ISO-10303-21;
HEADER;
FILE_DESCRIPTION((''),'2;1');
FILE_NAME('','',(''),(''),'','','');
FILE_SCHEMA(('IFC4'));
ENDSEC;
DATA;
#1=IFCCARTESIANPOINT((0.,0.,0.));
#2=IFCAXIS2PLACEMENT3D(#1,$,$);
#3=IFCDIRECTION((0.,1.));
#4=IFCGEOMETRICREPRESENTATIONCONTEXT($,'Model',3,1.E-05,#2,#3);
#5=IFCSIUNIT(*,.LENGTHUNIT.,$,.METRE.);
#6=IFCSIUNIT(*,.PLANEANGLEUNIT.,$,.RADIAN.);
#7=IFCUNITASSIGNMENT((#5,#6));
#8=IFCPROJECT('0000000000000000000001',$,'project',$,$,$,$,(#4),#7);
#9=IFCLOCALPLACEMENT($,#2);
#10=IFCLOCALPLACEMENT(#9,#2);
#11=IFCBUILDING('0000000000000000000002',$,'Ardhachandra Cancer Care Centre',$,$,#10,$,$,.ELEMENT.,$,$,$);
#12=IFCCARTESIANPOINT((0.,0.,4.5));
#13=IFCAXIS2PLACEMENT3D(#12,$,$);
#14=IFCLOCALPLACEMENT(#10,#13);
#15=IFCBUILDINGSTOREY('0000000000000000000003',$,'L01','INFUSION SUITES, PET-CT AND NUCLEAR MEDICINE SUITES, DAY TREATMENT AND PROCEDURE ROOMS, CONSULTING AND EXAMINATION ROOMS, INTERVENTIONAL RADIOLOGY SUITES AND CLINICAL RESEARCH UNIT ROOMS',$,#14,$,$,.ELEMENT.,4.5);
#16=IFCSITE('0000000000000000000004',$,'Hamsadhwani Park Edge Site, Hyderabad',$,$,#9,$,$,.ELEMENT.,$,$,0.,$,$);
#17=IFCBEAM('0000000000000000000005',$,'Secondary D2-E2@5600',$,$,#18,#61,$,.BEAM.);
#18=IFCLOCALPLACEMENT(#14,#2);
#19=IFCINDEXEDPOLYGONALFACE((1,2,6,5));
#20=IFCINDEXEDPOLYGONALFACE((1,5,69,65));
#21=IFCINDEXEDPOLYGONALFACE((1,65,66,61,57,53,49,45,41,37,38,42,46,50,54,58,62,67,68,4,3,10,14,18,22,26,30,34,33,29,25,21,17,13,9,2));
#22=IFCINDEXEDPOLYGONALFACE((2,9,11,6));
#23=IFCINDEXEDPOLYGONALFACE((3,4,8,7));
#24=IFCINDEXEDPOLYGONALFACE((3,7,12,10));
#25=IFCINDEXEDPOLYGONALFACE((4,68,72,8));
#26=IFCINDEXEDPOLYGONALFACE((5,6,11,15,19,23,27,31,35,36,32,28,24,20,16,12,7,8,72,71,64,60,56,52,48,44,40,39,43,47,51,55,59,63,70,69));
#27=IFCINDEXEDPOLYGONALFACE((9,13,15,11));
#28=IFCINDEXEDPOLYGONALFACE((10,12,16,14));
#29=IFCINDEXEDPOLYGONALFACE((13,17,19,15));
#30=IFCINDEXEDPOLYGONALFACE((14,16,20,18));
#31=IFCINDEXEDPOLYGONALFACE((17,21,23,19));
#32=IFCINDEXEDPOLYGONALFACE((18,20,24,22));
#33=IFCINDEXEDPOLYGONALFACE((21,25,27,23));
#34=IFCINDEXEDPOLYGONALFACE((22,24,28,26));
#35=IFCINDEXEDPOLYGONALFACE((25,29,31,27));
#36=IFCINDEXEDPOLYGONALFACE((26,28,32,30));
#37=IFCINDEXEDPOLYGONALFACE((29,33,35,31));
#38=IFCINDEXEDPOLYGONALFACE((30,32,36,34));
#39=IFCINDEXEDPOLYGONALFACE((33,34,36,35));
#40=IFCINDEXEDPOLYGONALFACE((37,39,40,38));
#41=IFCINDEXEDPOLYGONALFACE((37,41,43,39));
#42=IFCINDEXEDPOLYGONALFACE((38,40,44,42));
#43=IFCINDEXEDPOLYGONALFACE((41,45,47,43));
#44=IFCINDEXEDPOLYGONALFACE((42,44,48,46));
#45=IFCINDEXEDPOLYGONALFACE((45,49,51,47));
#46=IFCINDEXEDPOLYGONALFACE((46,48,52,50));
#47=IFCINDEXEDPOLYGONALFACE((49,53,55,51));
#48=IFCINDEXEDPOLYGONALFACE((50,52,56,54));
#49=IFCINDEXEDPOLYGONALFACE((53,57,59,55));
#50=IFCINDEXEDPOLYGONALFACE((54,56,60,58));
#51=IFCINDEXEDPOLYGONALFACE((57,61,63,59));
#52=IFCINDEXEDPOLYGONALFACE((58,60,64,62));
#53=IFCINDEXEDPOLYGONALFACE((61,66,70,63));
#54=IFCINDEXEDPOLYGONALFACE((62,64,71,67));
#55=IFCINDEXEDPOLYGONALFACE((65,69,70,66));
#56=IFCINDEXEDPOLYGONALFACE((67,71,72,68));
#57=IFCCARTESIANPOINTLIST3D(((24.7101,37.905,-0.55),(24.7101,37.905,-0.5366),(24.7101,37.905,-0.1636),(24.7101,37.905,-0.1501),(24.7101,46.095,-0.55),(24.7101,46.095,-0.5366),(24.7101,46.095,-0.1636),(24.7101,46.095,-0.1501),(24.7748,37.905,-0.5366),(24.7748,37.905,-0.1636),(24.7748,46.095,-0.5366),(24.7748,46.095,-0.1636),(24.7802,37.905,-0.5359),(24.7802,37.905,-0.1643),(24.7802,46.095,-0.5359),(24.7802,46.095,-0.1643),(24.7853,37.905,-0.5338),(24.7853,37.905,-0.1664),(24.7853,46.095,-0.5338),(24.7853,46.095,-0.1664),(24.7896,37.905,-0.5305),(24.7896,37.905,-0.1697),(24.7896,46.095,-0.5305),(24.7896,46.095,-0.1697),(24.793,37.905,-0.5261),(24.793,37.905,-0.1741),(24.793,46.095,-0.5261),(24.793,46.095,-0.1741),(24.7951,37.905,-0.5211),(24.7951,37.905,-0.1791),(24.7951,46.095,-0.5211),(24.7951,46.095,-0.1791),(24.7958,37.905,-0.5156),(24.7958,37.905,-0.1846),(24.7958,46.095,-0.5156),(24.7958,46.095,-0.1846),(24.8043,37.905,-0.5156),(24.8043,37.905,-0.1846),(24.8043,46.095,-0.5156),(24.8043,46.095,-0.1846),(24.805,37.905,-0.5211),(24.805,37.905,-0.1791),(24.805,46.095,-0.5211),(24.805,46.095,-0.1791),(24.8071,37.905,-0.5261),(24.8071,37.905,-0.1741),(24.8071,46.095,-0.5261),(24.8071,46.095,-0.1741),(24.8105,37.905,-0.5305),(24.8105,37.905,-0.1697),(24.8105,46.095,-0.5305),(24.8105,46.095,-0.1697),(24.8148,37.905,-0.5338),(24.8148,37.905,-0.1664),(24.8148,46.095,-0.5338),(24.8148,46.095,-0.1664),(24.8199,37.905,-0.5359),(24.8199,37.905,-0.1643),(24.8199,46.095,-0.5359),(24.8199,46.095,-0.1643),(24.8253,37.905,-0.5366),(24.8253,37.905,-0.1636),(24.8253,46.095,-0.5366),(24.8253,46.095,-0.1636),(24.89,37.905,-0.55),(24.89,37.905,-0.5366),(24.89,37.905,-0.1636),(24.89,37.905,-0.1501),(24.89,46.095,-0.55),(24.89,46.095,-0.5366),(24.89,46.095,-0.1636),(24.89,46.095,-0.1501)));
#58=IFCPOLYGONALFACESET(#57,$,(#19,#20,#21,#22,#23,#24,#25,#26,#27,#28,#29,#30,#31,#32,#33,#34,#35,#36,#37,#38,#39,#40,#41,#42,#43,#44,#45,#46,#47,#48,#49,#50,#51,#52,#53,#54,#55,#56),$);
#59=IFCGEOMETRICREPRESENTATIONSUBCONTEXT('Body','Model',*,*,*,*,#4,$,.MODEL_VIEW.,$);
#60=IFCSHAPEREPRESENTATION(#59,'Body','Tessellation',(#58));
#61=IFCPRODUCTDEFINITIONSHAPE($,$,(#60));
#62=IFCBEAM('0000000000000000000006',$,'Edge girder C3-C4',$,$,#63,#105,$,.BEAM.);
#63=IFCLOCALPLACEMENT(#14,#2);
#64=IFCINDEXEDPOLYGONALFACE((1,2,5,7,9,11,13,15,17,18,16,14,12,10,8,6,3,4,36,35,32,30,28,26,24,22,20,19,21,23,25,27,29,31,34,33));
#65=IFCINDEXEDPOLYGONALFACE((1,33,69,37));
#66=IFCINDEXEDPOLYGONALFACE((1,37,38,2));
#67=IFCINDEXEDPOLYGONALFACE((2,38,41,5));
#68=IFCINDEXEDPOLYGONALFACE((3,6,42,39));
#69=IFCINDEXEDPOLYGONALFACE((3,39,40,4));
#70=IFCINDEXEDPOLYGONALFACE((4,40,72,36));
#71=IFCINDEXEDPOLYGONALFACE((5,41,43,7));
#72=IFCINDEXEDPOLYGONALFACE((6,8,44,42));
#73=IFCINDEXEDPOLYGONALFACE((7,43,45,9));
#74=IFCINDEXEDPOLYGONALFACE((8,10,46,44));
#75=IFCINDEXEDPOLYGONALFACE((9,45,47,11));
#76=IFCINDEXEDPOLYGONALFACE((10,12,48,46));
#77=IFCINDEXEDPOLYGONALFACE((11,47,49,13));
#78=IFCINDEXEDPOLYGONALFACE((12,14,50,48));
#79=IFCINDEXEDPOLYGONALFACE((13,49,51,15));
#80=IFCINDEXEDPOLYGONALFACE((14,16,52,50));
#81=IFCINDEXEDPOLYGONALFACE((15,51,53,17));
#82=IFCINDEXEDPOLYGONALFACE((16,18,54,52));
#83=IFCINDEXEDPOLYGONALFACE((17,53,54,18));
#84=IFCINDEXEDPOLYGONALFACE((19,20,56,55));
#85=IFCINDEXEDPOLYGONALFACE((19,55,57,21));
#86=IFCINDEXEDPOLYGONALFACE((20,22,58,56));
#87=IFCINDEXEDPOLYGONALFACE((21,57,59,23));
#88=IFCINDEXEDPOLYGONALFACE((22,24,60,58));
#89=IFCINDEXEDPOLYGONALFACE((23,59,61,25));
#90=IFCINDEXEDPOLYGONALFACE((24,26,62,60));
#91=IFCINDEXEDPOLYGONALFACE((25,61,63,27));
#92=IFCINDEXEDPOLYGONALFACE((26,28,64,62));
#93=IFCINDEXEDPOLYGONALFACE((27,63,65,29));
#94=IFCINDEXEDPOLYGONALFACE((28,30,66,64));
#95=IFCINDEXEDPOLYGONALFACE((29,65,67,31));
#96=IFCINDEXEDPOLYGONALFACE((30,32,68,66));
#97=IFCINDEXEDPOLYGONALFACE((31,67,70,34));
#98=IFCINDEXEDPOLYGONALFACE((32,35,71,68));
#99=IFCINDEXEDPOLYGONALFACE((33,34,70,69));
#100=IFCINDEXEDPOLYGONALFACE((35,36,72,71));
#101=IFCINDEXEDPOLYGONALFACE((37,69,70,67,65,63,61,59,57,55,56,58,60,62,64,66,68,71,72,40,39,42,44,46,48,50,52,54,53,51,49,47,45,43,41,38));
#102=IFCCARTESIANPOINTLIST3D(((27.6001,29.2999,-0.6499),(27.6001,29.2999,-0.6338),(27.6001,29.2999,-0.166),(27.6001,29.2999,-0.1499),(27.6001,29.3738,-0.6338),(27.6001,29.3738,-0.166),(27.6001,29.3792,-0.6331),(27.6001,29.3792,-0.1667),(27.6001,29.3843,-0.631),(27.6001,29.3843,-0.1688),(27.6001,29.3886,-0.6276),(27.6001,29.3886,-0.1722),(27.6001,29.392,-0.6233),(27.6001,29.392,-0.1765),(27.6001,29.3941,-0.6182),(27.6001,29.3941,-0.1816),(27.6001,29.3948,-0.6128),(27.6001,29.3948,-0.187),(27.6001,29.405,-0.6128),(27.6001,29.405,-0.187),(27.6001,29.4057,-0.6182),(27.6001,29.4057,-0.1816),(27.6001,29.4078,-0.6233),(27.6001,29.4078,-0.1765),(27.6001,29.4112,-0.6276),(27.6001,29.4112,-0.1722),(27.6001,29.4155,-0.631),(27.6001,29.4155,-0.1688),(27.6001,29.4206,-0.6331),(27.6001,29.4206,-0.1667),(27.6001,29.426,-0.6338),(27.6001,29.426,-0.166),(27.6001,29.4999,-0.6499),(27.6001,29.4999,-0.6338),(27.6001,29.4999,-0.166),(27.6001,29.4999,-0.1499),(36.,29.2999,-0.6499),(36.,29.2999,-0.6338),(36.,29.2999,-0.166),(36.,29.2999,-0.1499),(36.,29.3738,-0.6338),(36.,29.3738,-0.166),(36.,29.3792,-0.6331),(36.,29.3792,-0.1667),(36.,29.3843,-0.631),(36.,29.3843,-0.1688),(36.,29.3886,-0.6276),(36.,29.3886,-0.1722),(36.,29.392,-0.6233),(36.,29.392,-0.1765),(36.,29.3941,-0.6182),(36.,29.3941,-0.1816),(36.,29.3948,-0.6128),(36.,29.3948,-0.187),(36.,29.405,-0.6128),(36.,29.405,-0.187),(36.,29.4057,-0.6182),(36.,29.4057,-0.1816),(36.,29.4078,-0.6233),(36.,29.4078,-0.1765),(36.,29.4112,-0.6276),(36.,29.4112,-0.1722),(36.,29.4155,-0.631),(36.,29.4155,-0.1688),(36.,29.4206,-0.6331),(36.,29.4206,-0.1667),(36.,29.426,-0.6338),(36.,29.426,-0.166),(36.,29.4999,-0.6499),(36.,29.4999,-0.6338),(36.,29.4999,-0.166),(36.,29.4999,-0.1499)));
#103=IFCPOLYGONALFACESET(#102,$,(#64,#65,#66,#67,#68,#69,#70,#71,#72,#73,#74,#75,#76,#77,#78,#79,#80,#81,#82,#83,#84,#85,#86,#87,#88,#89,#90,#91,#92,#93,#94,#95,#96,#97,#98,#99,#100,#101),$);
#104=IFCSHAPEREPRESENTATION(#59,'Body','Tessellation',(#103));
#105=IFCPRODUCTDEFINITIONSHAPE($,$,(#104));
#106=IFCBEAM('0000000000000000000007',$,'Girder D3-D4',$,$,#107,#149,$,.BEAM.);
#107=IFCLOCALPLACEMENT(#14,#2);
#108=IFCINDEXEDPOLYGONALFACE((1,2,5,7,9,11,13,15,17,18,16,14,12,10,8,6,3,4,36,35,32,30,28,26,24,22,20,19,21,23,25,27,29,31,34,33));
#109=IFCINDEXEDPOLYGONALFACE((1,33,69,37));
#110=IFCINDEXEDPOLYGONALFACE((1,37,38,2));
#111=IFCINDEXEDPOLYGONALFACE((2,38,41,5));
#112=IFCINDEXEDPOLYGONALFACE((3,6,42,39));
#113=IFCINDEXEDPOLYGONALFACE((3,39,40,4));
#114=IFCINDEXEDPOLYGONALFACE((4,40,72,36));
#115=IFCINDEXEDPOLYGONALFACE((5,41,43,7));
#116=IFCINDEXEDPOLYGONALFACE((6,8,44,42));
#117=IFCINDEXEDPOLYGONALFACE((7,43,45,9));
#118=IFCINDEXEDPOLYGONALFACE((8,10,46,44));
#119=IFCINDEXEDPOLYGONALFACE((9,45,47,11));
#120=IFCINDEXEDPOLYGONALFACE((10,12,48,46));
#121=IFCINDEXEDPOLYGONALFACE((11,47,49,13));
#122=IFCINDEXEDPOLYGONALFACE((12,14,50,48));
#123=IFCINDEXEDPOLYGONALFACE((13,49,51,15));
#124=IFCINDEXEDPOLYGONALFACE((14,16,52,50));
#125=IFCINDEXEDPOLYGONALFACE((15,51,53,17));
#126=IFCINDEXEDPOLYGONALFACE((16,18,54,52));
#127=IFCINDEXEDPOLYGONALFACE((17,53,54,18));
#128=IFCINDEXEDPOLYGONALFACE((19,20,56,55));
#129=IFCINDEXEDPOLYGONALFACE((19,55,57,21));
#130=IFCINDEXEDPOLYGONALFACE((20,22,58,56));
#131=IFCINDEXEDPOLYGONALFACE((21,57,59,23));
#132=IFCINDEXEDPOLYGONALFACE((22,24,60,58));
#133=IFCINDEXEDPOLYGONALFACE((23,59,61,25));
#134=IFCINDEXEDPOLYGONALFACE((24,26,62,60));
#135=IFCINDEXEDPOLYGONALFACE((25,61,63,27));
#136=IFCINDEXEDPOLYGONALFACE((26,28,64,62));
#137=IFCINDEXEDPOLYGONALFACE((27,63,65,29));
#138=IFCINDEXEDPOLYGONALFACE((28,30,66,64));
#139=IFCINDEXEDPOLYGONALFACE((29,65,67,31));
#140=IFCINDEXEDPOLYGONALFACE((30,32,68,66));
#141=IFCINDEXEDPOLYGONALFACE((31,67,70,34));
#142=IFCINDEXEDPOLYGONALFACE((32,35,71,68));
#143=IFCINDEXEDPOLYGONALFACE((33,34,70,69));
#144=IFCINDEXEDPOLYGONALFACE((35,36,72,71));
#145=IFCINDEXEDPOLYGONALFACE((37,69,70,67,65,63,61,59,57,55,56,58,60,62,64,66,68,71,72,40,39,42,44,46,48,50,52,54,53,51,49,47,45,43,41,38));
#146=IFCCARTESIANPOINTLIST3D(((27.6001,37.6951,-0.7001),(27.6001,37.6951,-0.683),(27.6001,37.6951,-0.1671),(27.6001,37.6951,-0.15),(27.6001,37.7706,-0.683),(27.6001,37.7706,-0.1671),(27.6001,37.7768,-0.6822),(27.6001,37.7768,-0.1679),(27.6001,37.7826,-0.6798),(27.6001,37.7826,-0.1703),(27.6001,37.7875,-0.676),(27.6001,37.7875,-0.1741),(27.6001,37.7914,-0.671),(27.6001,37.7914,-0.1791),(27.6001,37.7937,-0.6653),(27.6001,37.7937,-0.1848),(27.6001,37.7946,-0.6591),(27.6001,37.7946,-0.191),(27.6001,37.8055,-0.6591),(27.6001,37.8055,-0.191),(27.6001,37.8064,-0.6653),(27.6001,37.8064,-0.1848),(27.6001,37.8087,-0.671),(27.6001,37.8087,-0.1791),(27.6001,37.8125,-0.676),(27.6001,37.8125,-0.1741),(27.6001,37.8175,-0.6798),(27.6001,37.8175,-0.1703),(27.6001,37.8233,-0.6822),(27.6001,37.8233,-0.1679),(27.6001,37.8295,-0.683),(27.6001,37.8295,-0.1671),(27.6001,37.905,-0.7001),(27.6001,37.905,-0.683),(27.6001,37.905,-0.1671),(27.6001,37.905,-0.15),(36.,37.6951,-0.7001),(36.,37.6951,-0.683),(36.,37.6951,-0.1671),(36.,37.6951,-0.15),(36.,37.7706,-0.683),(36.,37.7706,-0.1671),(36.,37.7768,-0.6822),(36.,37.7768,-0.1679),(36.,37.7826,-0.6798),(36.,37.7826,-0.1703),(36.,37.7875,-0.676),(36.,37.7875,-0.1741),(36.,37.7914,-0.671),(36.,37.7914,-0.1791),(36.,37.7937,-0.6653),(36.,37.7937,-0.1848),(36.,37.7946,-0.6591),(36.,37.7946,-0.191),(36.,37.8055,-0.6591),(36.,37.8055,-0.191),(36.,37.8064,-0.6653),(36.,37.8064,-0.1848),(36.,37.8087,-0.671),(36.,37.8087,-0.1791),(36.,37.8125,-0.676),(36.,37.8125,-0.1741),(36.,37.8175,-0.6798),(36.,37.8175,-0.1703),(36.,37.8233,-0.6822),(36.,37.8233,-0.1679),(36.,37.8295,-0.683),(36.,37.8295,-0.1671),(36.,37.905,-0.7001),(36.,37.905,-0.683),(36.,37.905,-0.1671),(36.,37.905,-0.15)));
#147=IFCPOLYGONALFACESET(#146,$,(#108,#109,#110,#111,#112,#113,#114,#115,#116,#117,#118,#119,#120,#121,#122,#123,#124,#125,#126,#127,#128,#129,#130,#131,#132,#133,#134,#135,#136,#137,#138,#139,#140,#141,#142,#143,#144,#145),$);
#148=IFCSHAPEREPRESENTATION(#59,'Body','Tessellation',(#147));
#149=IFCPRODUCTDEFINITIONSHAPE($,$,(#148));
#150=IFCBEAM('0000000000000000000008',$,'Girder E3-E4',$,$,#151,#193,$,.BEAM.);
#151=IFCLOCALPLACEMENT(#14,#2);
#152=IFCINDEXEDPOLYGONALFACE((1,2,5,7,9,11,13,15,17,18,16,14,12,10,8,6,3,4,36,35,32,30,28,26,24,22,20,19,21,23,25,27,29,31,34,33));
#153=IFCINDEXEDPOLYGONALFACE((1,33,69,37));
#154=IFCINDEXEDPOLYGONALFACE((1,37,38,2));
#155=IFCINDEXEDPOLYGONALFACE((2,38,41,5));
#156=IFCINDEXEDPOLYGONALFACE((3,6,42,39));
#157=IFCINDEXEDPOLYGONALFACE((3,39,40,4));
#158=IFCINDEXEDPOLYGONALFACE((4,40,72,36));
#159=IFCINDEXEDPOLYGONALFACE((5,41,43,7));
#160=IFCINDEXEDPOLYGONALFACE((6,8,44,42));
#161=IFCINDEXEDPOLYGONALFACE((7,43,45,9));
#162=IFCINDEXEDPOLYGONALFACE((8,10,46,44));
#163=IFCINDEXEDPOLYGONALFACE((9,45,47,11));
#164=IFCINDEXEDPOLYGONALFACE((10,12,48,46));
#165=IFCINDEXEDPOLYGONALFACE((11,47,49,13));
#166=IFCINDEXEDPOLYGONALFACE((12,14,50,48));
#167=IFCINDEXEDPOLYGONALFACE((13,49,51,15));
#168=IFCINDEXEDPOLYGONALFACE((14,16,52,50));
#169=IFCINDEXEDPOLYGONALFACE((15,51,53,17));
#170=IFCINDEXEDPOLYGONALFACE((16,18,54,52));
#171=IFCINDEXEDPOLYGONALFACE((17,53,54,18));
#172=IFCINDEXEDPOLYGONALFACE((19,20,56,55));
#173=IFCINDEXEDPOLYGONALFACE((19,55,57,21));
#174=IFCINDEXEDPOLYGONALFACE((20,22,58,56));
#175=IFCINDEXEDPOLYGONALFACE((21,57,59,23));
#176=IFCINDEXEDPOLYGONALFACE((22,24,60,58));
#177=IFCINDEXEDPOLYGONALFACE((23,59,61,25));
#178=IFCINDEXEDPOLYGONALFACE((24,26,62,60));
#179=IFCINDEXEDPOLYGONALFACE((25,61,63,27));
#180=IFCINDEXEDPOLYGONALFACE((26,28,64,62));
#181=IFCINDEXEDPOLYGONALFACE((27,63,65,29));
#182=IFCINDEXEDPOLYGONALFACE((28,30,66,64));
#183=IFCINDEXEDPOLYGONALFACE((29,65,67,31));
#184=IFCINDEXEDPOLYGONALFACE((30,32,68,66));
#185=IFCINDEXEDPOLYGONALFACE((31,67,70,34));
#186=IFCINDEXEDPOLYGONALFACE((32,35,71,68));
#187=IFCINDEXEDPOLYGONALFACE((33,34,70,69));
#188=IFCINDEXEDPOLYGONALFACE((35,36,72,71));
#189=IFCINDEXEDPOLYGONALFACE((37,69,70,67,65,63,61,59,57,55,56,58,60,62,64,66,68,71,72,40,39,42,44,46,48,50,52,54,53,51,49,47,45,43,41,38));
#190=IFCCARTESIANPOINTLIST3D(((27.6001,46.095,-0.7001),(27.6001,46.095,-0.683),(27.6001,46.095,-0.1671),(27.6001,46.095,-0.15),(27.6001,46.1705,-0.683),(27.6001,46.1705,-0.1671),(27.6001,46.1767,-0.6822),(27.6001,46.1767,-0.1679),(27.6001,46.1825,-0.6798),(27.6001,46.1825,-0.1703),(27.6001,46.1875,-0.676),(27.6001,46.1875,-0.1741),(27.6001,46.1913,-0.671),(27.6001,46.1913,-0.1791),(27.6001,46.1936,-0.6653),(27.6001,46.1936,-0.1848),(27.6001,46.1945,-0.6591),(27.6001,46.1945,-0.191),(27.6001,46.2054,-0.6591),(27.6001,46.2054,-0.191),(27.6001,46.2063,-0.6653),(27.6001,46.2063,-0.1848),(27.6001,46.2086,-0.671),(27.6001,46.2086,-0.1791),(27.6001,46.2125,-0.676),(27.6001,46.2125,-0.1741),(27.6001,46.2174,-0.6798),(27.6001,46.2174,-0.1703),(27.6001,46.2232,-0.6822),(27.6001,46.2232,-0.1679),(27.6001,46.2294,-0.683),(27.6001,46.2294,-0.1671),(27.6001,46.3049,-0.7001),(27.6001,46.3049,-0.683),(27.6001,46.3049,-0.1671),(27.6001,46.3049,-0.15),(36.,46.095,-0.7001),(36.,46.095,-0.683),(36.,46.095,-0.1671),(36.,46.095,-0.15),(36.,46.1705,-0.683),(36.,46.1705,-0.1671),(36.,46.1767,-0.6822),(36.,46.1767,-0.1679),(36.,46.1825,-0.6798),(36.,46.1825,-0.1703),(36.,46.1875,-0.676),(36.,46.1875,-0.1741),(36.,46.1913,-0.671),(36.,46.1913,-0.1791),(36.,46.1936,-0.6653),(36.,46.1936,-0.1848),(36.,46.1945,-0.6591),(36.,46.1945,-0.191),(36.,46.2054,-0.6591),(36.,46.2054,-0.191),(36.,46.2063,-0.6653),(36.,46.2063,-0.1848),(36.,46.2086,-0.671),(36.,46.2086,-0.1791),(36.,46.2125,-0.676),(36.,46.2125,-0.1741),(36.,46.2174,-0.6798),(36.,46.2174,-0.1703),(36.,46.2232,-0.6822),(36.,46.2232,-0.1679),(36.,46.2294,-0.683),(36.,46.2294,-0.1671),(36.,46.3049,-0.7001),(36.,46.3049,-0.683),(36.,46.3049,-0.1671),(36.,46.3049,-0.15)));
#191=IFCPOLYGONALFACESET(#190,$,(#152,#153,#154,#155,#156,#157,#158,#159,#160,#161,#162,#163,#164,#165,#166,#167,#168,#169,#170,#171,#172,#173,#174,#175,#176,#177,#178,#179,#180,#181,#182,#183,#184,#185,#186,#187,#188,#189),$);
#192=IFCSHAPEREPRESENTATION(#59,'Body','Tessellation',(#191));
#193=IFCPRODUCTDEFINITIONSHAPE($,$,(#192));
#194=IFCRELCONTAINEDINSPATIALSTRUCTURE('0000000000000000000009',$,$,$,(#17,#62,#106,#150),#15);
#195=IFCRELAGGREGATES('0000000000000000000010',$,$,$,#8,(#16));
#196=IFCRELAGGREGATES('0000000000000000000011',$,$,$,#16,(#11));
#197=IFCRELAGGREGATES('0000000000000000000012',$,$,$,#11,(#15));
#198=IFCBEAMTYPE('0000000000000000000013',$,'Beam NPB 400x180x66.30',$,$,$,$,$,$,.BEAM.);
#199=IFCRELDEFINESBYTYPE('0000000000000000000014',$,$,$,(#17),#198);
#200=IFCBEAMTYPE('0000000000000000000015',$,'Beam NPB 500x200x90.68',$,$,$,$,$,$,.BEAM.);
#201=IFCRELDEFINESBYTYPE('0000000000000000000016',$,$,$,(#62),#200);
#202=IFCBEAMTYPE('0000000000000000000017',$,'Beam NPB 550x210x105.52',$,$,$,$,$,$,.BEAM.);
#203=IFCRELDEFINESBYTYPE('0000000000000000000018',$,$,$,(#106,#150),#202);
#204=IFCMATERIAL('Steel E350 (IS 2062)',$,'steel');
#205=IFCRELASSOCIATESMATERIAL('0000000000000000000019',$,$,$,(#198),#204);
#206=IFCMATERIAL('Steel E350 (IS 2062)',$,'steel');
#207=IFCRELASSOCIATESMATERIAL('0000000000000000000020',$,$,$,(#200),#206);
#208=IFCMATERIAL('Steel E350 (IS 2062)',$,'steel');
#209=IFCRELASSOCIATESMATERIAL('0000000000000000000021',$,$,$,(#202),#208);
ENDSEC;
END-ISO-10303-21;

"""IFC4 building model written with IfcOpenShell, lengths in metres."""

from ifc_helpers import new_model, si_unit, direction, frame, origin, origin_2d, place, context, subcontext, project, spatial, i_section, extrude, material, material_profile, profile_set, type_object, element, save


model = new_model("IFC4")

# Units and contexts
model_context = context("Model", 3, precision=1e-05, world=origin(), true_north=direction((0.0, 1.0)))
body_context = subcontext(model_context, "Body", "Model", "MODEL_VIEW")
ifc_project = project(units=[si_unit("LENGTHUNIT", "METRE"), si_unit("PLANEANGLEUNIT", "RADIAN")], contexts=[model_context])

# Site, building, storey
site_placement = place(None, origin())
site = spatial("IfcSite", under=ifc_project, at=site_placement, Name="Hamsadhwani Park Edge Site, Hyderabad", CompositionType="ELEMENT", RefElevation=0.0)
building_placement = place(site_placement, origin())
building = spatial("IfcBuilding", under=site, at=building_placement, Name="Ardhachandra Cancer Care Centre", CompositionType="ELEMENT")
storey_placement = place(building_placement, frame((0.0, 0.0, 4.5)))
storey = spatial("IfcBuildingStorey", under=building, at=storey_placement, Name="L01", Description="INFUSION SUITES, PET-CT AND NUCLEAR MEDICINE SUITES, DAY TREATMENT AND PROCEDURE ROOMS, CONSULTING AND EXAMINATION ROOMS, INTERVENTIONAL RADIOLOGY SUITES AND CLINICAL RESEARCH UNIT ROOMS", CompositionType="ELEMENT", Elevation=4.5)

# Beams
ifc_material_1 = material(Name="Steel E350 (IS 2062)", Category="steel")
ifc_material_profile_1 = material_profile(ifc_material_1, i_section(OverallWidth=0.1799, OverallDepth=0.3999, WebThickness=0.0085, FlangeThickness=0.0134, FilletRadius=0.021, at=origin_2d()), Name="NPB 400x180x66.30")
ifc_profile_set_1 = profile_set([ifc_material_profile_1], Name="Steel E350 (IS 2062)")
beam_type_1 = type_object("IfcBeamType", Name="Beam NPB 400x180x66.30", PredefinedType="BEAM", material=ifc_profile_set_1)
beam_1_placement = place(storey_placement, frame((24.8, 37.905, -0.3501), z_axis=(0.0, 1.0, 0.0), x_axis=(-1.0, 0.0, 0.0)))
element("IfcBeam", 1, at=beam_1_placement, inside=storey, type_object=beam_type_1, Name="Secondary D2-E2@5600", PredefinedType="BEAM", context=body_context, shape_type="SweptSolid", body=[
    extrude(i_section(OverallWidth=0.1799, OverallDepth=0.3999, WebThickness=0.0085, FlangeThickness=0.0134, FilletRadius=0.021, at=origin_2d()), origin(), (0.0, 0.0, 1.0), 8.1899),
])
ifc_material_2 = material(Name="Steel E350 (IS 2062)", Category="steel")
ifc_material_profile_2 = material_profile(ifc_material_2, i_section(OverallWidth=0.2, OverallDepth=0.5, WebThickness=0.0103, FlangeThickness=0.0161, FilletRadius=0.021, at=origin_2d()), Name="NPB 500x200x90.68")
ifc_profile_set_2 = profile_set([ifc_material_profile_2], Name="Steel E350 (IS 2062)")
beam_type_2 = type_object("IfcBeamType", Name="Beam NPB 500x200x90.68", PredefinedType="BEAM", material=ifc_profile_set_2)
beam_2_placement = place(storey_placement, frame((27.6001, 29.3999, -0.3999), z_axis=(1.0, 0.0, 0.0), x_axis=(0.0, 1.0, 0.0)))
element("IfcBeam", 2, at=beam_2_placement, inside=storey, type_object=beam_type_2, Name="Edge girder C3-C4", PredefinedType="BEAM", context=body_context, shape_type="SweptSolid", body=[
    extrude(i_section(OverallWidth=0.2, OverallDepth=0.5, WebThickness=0.0103, FlangeThickness=0.0161, FilletRadius=0.021, at=origin_2d()), origin(), (0.0, 0.0, 1.0), 8.3999),
])
ifc_material_3 = material(Name="Steel E350 (IS 2062)", Category="steel")
ifc_material_profile_3 = material_profile(ifc_material_3, i_section(OverallWidth=0.21, OverallDepth=0.55, WebThickness=0.011, FlangeThickness=0.0171, FilletRadius=0.0239, at=origin_2d()), Name="NPB 550x210x105.52")
ifc_profile_set_3 = profile_set([ifc_material_profile_3], Name="Steel E350 (IS 2062)")
beam_type_3 = type_object("IfcBeamType", Name="Beam NPB 550x210x105.52", PredefinedType="BEAM", material=ifc_profile_set_3)
for number, where, z_axis, x_axis, name in (
    (3, (27.6001, 37.8, -0.425), (1.0, 0.0, 0.0), (0.0, 1.0, 0.0), "Girder D3-D4"),
    (4, (27.6001, 46.2, -0.425), (1.0, 0.0, 0.0), (0.0, 1.0, 0.0), "Girder E3-E4"),
):
    element("IfcBeam", number, at=place(storey_placement, frame(where, z_axis=z_axis, x_axis=x_axis)), inside=storey, type_object=beam_type_3, Name=name, PredefinedType="BEAM", context=body_context, shape_type="SweptSolid", body=[
        extrude(i_section(OverallWidth=0.21, OverallDepth=0.55, WebThickness=0.011, FlangeThickness=0.0171, FilletRadius=0.0239, at=origin_2d()), origin(), (0.0, 0.0, 1.0), 8.3999),
    ])

save(model, "model.ifc")
